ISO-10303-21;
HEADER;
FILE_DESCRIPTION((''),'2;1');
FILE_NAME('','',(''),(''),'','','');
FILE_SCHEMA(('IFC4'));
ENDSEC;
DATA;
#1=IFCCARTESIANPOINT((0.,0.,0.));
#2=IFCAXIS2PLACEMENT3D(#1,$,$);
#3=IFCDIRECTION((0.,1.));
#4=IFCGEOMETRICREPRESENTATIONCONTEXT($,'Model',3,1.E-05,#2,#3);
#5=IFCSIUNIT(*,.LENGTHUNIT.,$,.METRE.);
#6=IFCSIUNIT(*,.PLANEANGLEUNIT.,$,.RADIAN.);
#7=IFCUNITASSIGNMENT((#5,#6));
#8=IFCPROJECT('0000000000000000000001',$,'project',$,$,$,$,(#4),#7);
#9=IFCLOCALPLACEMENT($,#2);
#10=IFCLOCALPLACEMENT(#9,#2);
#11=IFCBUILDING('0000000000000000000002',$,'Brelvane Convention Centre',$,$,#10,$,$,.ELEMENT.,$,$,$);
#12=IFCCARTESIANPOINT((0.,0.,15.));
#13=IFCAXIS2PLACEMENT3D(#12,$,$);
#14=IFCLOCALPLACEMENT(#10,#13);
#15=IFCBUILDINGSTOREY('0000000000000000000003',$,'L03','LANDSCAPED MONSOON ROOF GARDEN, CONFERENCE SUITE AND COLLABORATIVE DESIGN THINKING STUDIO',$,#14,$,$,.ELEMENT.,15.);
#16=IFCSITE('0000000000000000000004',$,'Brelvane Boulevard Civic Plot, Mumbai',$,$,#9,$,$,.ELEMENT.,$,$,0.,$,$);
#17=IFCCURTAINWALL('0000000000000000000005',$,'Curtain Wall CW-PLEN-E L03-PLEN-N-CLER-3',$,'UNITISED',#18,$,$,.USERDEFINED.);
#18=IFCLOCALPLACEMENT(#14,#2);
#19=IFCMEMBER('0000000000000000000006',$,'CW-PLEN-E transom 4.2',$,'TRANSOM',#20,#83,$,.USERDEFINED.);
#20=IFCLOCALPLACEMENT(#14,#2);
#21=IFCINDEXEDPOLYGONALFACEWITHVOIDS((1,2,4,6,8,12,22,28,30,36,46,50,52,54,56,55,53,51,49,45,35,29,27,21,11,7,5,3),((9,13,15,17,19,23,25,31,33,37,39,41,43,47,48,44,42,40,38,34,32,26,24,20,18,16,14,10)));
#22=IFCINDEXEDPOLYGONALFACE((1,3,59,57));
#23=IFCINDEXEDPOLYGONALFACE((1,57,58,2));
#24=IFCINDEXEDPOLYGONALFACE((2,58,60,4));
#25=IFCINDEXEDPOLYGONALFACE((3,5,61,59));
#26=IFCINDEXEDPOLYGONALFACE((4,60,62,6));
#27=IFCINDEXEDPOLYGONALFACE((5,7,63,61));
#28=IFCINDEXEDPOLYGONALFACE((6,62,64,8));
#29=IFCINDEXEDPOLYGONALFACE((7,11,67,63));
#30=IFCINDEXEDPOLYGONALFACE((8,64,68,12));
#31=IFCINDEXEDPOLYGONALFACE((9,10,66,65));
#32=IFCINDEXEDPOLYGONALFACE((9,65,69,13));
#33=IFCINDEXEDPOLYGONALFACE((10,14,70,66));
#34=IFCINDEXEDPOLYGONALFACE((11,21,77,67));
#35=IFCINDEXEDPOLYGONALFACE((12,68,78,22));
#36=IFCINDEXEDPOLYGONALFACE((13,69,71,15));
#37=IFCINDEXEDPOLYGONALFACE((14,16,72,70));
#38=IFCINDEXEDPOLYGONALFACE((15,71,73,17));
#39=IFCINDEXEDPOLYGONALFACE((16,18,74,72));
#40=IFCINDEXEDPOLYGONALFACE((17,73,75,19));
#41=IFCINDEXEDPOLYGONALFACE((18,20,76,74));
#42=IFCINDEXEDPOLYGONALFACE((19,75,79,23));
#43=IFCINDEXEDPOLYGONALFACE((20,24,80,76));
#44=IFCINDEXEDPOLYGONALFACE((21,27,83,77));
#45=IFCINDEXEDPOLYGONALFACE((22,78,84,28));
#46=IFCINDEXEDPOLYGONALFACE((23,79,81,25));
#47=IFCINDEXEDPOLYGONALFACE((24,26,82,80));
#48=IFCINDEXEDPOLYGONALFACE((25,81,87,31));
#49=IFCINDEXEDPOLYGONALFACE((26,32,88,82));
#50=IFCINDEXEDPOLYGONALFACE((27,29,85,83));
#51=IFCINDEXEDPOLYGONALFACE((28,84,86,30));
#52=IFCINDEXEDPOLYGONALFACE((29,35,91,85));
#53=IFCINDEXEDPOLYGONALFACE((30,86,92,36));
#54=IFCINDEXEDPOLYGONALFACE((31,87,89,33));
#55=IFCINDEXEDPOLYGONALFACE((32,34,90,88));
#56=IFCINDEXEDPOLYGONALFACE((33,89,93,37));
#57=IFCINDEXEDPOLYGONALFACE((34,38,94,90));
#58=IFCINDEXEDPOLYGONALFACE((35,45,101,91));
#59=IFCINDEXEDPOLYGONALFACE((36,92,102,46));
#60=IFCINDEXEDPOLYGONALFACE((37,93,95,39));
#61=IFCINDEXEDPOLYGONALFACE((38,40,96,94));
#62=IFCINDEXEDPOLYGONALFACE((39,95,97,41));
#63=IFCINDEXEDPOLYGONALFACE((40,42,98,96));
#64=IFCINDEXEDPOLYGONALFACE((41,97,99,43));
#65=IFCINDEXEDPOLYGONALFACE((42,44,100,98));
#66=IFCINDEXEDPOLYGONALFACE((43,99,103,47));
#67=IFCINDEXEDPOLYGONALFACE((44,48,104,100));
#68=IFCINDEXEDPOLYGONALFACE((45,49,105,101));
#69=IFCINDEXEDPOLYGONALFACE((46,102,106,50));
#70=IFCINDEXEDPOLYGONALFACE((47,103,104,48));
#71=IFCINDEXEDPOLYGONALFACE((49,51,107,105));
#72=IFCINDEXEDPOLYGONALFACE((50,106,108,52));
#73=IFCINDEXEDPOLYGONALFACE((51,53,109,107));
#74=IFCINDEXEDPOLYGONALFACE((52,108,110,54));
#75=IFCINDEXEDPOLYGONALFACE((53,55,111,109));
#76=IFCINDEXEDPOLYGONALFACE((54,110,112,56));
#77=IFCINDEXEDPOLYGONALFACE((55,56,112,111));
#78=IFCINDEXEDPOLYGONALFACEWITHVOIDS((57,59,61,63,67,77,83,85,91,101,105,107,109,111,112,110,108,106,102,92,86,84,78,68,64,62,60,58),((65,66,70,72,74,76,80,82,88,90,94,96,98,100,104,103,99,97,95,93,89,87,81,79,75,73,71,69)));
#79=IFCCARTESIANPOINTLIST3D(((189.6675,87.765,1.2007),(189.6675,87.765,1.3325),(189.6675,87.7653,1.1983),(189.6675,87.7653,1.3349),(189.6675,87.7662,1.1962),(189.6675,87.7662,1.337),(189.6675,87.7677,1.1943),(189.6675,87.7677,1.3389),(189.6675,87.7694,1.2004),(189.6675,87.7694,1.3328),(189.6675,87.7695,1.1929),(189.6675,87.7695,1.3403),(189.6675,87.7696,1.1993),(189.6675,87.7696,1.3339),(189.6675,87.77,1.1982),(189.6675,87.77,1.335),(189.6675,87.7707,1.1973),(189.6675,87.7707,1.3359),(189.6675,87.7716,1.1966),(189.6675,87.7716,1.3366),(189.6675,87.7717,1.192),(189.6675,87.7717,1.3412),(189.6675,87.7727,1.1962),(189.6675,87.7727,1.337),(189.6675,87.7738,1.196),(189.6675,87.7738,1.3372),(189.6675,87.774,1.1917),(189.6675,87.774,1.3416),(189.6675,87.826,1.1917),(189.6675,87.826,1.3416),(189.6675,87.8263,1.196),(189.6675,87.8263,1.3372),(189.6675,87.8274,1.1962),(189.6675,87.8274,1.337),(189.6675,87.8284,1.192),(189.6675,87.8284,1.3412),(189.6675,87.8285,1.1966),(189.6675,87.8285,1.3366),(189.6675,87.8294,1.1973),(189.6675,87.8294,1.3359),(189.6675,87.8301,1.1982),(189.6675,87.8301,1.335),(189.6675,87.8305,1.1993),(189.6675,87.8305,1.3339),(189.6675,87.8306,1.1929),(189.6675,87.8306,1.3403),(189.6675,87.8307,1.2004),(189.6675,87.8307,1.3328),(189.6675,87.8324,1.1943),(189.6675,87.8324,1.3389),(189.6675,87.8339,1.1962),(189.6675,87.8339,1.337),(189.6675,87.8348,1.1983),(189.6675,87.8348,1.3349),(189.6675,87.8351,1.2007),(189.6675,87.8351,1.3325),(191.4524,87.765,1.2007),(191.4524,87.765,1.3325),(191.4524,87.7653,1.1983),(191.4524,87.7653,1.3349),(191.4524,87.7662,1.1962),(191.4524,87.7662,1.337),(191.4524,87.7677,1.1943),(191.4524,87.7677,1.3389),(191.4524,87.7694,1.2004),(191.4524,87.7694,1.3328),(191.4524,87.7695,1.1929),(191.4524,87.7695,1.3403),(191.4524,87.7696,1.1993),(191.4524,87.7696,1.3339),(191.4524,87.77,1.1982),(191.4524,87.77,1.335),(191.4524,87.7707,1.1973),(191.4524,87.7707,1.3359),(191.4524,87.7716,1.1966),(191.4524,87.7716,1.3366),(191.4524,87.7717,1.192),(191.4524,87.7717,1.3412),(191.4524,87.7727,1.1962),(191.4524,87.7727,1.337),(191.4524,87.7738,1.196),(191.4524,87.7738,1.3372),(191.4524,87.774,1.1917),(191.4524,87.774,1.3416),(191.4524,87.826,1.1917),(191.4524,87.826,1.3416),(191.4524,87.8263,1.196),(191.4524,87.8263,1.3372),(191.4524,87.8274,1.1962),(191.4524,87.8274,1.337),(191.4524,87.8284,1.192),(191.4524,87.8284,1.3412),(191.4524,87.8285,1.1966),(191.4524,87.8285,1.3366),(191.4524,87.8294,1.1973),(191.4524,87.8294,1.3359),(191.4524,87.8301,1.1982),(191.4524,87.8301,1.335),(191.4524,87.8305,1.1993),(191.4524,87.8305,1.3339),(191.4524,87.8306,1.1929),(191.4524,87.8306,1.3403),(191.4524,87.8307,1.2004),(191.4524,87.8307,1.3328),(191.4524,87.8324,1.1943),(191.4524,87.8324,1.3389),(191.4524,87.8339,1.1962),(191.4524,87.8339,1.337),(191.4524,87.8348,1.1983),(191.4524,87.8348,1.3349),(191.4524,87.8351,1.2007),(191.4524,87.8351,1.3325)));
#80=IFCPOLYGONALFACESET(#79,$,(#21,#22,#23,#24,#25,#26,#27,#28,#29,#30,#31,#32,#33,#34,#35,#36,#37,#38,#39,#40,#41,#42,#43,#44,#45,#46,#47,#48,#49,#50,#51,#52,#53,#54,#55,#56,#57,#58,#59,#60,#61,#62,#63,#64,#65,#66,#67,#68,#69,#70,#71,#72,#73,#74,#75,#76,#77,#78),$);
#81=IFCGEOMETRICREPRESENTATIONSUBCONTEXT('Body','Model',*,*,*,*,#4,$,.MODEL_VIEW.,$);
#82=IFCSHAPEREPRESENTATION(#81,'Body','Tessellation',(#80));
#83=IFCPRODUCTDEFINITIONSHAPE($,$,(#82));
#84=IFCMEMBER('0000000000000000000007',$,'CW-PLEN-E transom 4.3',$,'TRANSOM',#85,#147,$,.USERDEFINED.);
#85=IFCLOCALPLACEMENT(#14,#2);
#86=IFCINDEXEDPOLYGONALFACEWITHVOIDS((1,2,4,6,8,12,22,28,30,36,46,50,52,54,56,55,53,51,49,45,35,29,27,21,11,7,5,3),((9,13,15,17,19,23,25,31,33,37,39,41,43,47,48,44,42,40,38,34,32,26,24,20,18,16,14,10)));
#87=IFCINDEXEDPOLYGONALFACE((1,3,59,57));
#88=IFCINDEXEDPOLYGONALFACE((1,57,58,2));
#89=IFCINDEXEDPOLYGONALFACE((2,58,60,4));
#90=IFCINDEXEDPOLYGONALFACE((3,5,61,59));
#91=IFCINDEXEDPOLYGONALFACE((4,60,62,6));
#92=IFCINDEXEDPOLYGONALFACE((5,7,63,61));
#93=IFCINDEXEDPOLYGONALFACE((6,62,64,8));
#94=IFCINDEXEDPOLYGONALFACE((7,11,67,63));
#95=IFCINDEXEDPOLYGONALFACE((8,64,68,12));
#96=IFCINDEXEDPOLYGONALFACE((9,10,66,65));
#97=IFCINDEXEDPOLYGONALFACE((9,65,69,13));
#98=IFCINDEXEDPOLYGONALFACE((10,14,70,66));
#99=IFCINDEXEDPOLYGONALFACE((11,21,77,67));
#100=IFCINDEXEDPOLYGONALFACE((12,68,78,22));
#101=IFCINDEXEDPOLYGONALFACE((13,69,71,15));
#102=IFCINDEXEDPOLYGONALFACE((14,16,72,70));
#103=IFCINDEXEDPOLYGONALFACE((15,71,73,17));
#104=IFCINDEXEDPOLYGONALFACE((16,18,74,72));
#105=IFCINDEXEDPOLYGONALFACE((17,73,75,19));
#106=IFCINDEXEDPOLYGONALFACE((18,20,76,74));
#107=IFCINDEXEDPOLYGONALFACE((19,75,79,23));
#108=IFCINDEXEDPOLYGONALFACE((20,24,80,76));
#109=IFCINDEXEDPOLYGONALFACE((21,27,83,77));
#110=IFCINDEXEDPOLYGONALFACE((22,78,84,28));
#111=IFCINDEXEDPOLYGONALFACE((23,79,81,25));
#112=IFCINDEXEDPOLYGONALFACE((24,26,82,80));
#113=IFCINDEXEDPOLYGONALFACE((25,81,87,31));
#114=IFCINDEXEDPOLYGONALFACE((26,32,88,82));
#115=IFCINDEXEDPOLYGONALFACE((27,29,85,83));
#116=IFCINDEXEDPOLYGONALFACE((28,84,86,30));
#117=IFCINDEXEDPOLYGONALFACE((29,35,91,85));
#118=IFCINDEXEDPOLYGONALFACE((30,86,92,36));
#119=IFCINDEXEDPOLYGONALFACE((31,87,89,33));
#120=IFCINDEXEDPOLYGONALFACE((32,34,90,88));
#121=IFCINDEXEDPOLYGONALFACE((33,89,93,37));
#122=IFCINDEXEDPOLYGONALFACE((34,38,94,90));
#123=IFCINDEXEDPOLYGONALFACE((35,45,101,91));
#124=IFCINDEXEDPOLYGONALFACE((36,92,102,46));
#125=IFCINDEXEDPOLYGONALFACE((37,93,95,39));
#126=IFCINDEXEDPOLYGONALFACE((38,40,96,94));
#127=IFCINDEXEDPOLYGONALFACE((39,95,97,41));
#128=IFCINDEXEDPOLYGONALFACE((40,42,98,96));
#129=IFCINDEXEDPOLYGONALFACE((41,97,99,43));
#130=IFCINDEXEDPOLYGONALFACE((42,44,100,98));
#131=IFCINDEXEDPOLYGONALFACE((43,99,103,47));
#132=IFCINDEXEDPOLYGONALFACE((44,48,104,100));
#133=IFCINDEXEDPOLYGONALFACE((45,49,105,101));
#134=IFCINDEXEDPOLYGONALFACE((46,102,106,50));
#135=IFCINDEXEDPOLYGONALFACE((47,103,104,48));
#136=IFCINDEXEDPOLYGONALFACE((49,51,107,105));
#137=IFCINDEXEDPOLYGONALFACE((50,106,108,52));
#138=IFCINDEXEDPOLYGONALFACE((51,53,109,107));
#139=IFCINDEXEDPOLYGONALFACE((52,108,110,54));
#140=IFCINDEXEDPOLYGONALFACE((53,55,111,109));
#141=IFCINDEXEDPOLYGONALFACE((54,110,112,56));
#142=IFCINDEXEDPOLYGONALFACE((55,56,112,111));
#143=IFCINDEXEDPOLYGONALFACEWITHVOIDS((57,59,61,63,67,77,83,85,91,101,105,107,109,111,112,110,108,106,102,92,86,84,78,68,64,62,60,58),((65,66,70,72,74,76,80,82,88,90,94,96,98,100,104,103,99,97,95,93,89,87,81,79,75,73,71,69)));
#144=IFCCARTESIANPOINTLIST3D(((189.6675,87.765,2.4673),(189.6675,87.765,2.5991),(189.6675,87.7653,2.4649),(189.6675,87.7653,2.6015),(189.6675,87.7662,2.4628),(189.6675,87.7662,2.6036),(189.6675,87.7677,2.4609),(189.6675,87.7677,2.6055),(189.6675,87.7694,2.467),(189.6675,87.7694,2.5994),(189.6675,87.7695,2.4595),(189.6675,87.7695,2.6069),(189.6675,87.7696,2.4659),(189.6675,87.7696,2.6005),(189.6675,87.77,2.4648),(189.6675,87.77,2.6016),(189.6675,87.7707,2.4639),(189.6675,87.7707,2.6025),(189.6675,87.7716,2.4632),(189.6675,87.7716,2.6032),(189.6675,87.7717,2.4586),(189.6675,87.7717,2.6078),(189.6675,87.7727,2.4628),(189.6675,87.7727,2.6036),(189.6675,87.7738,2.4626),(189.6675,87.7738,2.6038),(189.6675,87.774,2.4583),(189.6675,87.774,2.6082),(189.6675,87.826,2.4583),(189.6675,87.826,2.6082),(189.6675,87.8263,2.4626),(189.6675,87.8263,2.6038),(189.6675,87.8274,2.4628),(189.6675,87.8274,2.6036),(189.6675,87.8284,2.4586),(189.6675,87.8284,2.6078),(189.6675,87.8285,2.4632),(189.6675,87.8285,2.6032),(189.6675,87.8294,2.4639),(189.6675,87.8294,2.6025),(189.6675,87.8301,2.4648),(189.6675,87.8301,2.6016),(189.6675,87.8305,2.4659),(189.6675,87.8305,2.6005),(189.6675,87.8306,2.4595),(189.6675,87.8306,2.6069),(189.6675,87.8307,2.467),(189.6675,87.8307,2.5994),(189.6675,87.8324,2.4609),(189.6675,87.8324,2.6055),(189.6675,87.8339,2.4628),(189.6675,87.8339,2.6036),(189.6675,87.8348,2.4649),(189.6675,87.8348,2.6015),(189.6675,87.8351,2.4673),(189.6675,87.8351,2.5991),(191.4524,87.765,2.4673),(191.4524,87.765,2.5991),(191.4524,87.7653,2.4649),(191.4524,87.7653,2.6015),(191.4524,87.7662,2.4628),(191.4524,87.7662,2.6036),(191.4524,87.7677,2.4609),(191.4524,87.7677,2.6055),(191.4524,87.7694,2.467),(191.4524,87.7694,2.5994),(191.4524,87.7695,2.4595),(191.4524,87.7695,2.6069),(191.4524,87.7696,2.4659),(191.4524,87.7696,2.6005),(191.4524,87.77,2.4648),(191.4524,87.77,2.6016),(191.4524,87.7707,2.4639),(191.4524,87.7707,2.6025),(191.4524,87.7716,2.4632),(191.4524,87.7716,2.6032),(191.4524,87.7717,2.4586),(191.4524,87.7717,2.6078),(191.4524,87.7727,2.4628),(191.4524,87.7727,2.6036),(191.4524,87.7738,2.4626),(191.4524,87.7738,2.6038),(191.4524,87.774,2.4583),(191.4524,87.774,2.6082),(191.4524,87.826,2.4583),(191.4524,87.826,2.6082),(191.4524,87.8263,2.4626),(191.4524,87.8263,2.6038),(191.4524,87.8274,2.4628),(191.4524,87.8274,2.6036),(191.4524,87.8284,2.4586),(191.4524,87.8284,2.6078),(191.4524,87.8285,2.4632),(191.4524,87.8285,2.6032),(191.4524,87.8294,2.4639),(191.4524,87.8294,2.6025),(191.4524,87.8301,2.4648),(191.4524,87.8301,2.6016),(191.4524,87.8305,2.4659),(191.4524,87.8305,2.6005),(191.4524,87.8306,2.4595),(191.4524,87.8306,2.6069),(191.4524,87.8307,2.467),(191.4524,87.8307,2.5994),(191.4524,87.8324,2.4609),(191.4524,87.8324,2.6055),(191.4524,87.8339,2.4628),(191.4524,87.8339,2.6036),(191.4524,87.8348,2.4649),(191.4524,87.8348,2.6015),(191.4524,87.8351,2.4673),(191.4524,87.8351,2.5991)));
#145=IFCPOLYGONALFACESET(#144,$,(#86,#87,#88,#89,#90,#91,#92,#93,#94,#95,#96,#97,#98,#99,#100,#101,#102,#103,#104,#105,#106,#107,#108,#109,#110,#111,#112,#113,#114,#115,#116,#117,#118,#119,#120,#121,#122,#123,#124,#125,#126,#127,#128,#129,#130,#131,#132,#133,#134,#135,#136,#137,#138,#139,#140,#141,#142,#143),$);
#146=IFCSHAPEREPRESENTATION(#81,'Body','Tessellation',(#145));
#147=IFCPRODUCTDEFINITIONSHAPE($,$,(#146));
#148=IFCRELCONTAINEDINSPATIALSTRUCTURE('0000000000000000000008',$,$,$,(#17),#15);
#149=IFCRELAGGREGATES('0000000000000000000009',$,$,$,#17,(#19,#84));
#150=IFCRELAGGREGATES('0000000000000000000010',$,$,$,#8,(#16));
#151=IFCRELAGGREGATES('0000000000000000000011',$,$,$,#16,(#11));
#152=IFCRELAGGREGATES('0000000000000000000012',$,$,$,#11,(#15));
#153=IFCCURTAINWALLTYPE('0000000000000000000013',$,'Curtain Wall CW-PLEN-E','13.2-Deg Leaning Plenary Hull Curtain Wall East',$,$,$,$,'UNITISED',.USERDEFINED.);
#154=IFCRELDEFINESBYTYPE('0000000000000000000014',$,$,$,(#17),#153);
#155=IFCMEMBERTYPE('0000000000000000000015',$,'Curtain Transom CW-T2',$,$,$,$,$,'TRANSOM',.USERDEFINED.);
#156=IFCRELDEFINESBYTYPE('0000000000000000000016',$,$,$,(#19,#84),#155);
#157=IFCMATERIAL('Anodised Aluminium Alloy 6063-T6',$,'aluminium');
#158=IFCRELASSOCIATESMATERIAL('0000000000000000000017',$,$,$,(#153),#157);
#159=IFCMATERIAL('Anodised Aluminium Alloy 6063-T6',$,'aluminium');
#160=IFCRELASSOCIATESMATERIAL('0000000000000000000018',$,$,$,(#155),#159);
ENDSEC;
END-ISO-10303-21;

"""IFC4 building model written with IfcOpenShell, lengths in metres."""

from ifc_helpers import new_model, si_unit, direction, frame, origin, origin_2d, place, context, subcontext, project, spatial, hollow_rectangle, extrude, material, material_profile, profile_set, type_object, element, aggregate, save


model = new_model("IFC4")

# Units and contexts
model_context = context("Model", 3, precision=1e-05, world=origin(), true_north=direction((0.0, 1.0)))
body_context = subcontext(model_context, "Body", "Model", "MODEL_VIEW")
ifc_project = project(units=[si_unit("LENGTHUNIT", "METRE"), si_unit("PLANEANGLEUNIT", "RADIAN")], contexts=[model_context])

# Site, building, storey
site_placement = place(None, origin())
site = spatial("IfcSite", under=ifc_project, at=site_placement, Name="Brelvane Boulevard Civic Plot, Mumbai", CompositionType="ELEMENT", RefElevation=0.0)
building_placement = place(site_placement, origin())
building = spatial("IfcBuilding", under=site, at=building_placement, Name="Brelvane Convention Centre", CompositionType="ELEMENT")
storey_placement = place(building_placement, frame((0.0, 0.0, 15.0)))
storey = spatial("IfcBuildingStorey", under=building, at=storey_placement, Name="L03", Description="LANDSCAPED MONSOON ROOF GARDEN, CONFERENCE SUITE AND COLLABORATIVE DESIGN THINKING STUDIO", CompositionType="ELEMENT", Elevation=15.0)

# Curtain wall, members
ifc_material_1 = material(Name="Anodised Aluminium Alloy 6063-T6", Category="aluminium")
curtain_wall_type = type_object("IfcCurtainWallType", Name="Curtain Wall CW-PLEN-E", Description="13.2-Deg Leaning Plenary Hull Curtain Wall East", ElementType="UNITISED", PredefinedType="USERDEFINED", material=ifc_material_1)
curtain_wall_placement = place(storey_placement, origin())
curtain_wall = element("IfcCurtainWall", 1, at=curtain_wall_placement, inside=storey, type_object=curtain_wall_type, Name="Curtain Wall CW-PLEN-E L03-PLEN-N-CLER-3", ObjectType="UNITISED", PredefinedType="USERDEFINED")
ifc_material_2 = material(Name="Anodised Aluminium Alloy 6063-T6", Category="aluminium")
ifc_material_profile_1 = material_profile(ifc_material_2, hollow_rectangle(XDim=0.0701, YDim=0.1499, WallThickness=0.0044, InnerFilletRadius=0.0044, OuterFilletRadius=0.009, at=origin_2d()), Name="ALU-T 150x70x4.5")
ifc_profile_set_1 = profile_set([ifc_material_profile_1], Name="Anodised Aluminium Alloy 6063-T6")
member_type_1 = type_object("IfcMemberType", Name="Curtain Transom CW-T2", ElementType="TRANSOM", PredefinedType="USERDEFINED", material=ifc_profile_set_1)
member_1_placement = place(storey_placement, frame((189.6675, 87.8, 1.2666), z_axis=(1.0, 0.0, 0.0), x_axis=(0.0, 1.0, 0.0)))
member_1 = element("IfcMember", 2, at=member_1_placement, type_object=member_type_1, Name="CW-PLEN-E transom 4.2", ObjectType="TRANSOM", PredefinedType="USERDEFINED", context=body_context, shape_type="SweptSolid", body=[
    extrude(hollow_rectangle(XDim=0.0701, YDim=0.1499, WallThickness=0.0044, InnerFilletRadius=0.0044, OuterFilletRadius=0.009, at=origin_2d()), origin(), (0.0, 0.0, 1.0), 1.7849),
])
member_2_placement = place(storey_placement, frame((189.6675, 87.8, 2.5332), z_axis=(1.0, 0.0, 0.0), x_axis=(0.0, 1.0, 0.0)))
member_2 = element("IfcMember", 3, at=member_2_placement, type_object=member_type_1, Name="CW-PLEN-E transom 4.3", ObjectType="TRANSOM", PredefinedType="USERDEFINED", context=body_context, shape_type="SweptSolid", body=[
    extrude(hollow_rectangle(XDim=0.0701, YDim=0.1499, WallThickness=0.0044, InnerFilletRadius=0.0044, OuterFilletRadius=0.009, at=origin_2d()), origin(), (0.0, 0.0, 1.0), 1.7849),
])
aggregate(curtain_wall, [member_1, member_2])

save(model, "model.ifc")
